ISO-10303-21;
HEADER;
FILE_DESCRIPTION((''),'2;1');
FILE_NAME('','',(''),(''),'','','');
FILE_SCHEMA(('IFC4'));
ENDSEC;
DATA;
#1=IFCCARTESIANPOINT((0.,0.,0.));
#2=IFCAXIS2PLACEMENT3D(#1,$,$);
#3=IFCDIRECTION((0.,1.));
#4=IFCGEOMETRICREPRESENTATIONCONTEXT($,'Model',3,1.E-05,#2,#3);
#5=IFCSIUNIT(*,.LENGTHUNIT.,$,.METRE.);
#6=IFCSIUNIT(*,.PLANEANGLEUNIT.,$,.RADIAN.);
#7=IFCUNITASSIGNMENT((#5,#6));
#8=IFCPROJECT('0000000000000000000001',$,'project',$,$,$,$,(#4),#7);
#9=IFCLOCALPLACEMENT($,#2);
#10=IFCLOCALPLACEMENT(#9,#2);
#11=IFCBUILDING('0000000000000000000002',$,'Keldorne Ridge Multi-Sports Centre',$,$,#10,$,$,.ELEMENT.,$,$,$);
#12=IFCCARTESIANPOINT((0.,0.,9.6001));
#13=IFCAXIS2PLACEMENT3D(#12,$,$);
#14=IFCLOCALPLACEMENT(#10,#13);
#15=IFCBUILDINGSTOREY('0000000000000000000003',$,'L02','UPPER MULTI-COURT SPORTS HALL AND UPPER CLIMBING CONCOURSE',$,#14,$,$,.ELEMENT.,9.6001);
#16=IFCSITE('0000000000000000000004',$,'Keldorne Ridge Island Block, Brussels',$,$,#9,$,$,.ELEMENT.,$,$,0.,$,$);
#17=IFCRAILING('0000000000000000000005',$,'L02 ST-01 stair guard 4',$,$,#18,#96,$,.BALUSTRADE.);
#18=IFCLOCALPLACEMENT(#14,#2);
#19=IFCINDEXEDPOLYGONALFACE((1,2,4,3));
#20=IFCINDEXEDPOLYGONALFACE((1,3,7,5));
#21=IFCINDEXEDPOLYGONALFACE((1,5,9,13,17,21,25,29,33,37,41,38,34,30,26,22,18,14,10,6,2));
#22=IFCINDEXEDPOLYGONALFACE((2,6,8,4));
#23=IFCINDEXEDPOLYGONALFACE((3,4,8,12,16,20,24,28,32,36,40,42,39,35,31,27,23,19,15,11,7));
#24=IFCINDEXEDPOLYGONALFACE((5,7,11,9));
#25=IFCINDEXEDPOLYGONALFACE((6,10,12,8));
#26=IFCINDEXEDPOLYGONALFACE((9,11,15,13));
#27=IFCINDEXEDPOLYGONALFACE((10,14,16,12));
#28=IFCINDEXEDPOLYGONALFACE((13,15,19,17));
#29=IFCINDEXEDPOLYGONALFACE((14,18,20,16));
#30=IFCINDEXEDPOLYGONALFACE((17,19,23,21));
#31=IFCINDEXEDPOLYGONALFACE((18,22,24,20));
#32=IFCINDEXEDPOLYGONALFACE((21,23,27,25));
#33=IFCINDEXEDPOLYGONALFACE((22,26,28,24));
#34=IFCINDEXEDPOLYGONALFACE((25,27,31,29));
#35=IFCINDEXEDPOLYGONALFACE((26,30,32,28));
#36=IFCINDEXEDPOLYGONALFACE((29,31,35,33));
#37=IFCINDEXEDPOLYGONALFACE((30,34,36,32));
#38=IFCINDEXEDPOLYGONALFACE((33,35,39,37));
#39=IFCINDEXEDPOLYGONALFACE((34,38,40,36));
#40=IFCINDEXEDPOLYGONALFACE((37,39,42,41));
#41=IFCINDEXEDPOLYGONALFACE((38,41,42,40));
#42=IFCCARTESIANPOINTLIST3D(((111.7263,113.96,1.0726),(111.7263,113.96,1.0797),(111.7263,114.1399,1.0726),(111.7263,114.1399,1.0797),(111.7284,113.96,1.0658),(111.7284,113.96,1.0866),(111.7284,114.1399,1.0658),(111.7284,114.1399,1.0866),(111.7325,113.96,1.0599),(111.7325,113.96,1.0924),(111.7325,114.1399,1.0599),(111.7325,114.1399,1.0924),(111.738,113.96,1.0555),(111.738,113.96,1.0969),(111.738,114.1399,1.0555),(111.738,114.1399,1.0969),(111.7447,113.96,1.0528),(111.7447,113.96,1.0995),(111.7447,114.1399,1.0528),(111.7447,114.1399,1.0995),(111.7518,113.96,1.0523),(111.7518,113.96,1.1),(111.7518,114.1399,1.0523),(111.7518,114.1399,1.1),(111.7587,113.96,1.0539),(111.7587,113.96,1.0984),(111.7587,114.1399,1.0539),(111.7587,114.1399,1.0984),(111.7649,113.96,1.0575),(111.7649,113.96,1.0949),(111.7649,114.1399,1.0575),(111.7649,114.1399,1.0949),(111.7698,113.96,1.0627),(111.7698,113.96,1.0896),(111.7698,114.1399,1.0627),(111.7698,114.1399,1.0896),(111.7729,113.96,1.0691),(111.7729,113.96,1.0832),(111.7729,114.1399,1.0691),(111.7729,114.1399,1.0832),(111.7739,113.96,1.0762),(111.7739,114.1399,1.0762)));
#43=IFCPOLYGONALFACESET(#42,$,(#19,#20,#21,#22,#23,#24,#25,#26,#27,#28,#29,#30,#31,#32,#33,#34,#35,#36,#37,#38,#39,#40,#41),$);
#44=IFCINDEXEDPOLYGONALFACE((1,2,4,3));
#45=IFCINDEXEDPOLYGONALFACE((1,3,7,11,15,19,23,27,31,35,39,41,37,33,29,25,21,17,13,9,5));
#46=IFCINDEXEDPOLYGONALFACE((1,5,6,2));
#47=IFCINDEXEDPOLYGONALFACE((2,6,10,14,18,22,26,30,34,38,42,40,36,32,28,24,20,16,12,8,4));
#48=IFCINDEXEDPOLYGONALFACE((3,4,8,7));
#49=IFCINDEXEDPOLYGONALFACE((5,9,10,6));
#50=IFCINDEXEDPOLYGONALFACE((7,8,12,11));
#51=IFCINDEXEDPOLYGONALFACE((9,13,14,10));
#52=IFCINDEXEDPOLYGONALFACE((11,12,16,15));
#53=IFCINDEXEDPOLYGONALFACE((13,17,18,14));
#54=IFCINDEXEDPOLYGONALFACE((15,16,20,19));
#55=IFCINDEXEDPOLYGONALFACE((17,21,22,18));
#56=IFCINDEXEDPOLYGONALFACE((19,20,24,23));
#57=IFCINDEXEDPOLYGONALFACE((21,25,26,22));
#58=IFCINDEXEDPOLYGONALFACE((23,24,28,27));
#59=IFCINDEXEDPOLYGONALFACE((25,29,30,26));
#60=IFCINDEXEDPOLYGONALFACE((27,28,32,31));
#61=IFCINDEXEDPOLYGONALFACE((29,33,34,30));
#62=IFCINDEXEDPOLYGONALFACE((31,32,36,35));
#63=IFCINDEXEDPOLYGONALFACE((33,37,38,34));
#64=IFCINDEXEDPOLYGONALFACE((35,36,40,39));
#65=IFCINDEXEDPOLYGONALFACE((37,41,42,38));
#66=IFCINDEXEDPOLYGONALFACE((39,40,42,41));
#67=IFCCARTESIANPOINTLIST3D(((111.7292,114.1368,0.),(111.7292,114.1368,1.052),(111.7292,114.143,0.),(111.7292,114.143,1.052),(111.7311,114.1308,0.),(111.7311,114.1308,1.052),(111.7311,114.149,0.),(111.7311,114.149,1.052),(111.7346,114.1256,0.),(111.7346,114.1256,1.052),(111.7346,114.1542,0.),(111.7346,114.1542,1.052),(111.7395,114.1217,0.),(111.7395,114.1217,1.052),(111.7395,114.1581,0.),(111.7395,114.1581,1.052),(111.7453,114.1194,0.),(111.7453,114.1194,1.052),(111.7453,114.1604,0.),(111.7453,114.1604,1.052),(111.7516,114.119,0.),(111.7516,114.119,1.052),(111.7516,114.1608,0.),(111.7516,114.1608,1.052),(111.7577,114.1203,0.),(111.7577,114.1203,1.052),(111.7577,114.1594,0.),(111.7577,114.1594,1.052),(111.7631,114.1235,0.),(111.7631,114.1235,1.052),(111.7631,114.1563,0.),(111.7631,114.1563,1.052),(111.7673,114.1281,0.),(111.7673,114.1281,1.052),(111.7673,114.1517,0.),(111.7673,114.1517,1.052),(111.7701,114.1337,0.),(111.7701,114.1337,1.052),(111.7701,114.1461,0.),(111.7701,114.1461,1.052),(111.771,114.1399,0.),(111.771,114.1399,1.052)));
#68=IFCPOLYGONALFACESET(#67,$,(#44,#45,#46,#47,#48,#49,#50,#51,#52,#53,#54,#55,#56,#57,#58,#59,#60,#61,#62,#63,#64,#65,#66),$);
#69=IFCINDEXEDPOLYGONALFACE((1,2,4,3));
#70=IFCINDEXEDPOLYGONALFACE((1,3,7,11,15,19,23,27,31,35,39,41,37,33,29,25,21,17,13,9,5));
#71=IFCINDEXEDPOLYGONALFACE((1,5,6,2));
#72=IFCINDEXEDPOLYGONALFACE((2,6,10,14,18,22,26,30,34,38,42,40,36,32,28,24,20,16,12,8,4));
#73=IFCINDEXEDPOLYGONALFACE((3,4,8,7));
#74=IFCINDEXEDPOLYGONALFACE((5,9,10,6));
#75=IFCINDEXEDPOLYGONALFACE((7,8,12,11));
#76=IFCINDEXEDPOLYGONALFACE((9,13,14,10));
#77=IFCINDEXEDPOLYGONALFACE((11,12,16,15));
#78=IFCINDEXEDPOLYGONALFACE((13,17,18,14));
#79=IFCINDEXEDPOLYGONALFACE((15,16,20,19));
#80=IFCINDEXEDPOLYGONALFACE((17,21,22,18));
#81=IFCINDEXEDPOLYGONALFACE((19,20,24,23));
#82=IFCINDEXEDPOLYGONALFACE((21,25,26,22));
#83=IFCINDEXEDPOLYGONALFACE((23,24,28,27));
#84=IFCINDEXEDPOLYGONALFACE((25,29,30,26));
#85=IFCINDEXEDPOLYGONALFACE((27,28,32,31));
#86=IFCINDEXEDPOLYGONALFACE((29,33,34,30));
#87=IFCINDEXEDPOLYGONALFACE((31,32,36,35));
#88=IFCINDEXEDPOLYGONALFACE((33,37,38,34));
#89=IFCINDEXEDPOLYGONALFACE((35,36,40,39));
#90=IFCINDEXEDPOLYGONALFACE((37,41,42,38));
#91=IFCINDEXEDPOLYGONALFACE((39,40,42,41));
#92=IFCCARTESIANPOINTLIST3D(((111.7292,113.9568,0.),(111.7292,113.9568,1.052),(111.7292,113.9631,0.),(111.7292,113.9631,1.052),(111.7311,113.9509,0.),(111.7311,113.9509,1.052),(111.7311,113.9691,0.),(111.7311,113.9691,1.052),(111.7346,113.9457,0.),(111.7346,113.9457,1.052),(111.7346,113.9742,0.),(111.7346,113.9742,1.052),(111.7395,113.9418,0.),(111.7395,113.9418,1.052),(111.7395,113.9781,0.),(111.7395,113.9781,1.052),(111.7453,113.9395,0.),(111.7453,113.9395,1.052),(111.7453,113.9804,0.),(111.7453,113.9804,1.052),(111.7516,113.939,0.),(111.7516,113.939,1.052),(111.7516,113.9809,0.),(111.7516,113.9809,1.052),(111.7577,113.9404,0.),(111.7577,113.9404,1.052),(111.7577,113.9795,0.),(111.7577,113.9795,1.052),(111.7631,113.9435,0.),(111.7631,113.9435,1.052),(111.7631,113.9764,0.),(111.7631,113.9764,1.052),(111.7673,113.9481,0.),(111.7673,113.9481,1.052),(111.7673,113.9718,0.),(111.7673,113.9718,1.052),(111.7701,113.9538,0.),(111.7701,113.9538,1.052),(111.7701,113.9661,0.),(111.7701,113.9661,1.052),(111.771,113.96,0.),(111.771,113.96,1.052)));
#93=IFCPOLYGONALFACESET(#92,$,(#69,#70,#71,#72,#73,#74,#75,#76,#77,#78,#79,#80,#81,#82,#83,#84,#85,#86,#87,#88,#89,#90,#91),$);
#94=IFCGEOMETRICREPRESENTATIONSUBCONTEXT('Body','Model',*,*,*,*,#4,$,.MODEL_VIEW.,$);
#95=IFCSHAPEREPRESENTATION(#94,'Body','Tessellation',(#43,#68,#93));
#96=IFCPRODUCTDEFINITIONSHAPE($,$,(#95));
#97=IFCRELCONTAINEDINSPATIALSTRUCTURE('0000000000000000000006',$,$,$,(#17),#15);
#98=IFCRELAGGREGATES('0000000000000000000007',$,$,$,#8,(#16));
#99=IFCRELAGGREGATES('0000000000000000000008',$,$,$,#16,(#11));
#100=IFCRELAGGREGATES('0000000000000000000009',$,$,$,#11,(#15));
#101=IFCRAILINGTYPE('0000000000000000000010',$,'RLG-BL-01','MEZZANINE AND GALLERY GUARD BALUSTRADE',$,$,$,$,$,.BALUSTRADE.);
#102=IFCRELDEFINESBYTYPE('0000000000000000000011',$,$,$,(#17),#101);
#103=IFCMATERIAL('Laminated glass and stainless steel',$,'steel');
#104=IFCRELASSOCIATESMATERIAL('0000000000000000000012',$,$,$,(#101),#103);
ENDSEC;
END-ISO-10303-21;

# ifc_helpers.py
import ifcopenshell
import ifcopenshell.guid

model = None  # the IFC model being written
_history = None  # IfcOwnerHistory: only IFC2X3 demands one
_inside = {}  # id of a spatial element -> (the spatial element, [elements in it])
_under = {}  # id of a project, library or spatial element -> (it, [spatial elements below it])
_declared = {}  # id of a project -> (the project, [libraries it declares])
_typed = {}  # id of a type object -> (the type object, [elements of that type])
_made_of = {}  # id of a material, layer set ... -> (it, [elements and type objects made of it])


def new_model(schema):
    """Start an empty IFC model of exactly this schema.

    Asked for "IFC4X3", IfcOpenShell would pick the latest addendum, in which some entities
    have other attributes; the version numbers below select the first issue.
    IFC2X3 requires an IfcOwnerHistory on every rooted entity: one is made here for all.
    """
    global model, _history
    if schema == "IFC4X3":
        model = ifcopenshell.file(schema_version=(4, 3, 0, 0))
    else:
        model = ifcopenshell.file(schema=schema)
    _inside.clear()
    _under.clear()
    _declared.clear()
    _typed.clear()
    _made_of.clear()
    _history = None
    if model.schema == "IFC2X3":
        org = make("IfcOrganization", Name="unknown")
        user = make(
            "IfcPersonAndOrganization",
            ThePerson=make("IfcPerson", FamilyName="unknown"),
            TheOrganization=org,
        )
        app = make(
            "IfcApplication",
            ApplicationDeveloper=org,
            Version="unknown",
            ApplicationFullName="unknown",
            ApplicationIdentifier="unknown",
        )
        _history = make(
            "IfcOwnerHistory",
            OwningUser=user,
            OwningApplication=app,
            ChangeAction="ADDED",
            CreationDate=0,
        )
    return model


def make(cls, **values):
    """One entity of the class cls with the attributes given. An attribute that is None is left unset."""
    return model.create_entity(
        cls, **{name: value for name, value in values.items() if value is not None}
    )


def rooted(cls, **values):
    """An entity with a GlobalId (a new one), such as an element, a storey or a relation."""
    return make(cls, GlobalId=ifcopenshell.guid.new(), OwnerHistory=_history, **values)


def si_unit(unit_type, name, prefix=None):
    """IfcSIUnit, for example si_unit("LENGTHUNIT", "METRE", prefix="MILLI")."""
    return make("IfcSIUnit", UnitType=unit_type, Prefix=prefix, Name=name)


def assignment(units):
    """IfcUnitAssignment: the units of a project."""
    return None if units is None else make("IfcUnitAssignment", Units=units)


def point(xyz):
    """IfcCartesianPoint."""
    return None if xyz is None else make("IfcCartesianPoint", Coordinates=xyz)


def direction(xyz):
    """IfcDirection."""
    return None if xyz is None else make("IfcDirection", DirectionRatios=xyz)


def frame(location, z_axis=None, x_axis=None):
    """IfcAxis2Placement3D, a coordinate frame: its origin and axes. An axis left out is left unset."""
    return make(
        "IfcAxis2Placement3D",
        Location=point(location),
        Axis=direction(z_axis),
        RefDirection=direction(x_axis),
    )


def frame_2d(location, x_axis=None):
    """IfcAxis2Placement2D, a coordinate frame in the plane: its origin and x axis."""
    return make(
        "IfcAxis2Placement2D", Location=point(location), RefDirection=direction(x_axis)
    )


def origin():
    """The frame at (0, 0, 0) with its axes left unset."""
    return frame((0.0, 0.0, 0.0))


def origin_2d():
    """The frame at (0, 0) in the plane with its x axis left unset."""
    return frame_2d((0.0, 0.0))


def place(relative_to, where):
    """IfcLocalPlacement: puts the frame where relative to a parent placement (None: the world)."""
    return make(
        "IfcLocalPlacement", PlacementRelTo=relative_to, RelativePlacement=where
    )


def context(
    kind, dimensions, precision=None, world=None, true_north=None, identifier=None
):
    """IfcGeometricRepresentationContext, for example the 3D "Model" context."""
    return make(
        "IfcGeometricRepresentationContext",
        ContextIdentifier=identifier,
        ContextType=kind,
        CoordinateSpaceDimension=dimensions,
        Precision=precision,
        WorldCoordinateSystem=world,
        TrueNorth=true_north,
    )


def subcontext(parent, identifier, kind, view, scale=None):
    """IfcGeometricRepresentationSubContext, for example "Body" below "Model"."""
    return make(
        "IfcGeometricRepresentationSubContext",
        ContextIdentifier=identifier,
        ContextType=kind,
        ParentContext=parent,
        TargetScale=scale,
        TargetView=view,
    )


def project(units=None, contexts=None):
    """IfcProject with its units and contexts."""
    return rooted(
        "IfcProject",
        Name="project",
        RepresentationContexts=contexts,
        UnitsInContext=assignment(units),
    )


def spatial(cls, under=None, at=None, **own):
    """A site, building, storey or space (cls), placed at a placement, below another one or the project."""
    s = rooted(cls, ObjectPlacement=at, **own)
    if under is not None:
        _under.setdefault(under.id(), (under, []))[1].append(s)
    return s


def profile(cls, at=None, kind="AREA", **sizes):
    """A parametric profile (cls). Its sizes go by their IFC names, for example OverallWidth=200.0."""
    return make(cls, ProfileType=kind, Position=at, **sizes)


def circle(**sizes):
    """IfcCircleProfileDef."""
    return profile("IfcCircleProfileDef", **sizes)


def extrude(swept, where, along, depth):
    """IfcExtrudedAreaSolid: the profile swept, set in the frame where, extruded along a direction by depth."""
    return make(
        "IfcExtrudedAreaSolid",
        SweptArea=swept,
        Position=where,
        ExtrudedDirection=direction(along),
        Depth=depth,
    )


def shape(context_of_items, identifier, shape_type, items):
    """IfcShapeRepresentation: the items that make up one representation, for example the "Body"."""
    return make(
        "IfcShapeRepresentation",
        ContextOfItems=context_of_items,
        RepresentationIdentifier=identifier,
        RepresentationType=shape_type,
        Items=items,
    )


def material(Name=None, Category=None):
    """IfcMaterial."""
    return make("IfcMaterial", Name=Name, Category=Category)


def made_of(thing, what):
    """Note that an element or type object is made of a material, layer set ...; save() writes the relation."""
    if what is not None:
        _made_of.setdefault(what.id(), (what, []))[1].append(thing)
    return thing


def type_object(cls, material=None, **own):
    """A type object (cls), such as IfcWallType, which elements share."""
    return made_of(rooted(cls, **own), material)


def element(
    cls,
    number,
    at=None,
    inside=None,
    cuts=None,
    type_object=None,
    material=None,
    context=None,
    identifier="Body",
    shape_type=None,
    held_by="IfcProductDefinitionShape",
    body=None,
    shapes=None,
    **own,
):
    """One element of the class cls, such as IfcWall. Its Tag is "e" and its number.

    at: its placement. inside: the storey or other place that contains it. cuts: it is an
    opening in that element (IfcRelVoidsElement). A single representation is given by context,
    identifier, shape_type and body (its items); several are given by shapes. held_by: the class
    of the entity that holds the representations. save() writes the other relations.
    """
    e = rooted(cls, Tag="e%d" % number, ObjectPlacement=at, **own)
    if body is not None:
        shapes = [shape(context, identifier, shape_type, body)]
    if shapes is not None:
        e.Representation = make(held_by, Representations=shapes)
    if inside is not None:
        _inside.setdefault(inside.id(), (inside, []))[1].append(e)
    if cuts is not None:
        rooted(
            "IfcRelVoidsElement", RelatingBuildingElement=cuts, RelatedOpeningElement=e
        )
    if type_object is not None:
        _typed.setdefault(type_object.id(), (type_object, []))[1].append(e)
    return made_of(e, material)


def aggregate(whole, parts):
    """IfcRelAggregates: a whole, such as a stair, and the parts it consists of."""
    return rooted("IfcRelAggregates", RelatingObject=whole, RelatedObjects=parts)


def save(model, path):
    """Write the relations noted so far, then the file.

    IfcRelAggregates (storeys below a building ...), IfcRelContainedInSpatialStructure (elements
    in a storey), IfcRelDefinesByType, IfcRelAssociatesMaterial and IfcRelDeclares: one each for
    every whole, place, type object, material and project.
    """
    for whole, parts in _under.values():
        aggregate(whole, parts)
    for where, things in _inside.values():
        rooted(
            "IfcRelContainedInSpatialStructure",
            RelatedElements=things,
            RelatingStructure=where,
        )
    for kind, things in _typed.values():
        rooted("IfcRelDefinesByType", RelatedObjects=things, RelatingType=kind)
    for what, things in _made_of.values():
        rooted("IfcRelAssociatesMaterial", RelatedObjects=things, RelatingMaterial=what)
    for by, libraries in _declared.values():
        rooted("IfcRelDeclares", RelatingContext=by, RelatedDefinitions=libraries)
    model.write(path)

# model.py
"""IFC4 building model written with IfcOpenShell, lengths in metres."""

from ifc_helpers import new_model, si_unit, direction, frame, origin, origin_2d, place, context, subcontext, project, spatial, circle, extrude, material, type_object, element, save


model = new_model("IFC4")

# Units and contexts
model_context = context("Model", 3, precision=1e-05, world=origin(), true_north=direction((0.0, 1.0)))
body_context = subcontext(model_context, "Body", "Model", "MODEL_VIEW")
ifc_project = project(units=[si_unit("LENGTHUNIT", "METRE"), si_unit("PLANEANGLEUNIT", "RADIAN")], contexts=[model_context])

# Site, building, storey
site_placement = place(None, origin())
site = spatial("IfcSite", under=ifc_project, at=site_placement, Name="Keldorne Ridge Island Block, Brussels", CompositionType="ELEMENT", RefElevation=0.0)
building_placement = place(site_placement, origin())
building = spatial("IfcBuilding", under=site, at=building_placement, Name="Keldorne Ridge Multi-Sports Centre", CompositionType="ELEMENT")
storey_placement = place(building_placement, frame((0.0, 0.0, 9.6001)))
storey = spatial("IfcBuildingStorey", under=building, at=storey_placement, Name="L02", Description="UPPER MULTI-COURT SPORTS HALL AND UPPER CLIMBING CONCOURSE", CompositionType="ELEMENT", Elevation=9.6001)

# Railing
ifc_material_1 = material(Name="Laminated glass and stainless steel", Category="steel")
railing_type_1 = type_object("IfcRailingType", Name="RLG-BL-01", Description="MEZZANINE AND GALLERY GUARD BALUSTRADE", PredefinedType="BALUSTRADE", material=ifc_material_1)
railing_1_placement = place(storey_placement, frame((111.75, 114.1399, 0.0)))
element("IfcRailing", 1, at=railing_1_placement, inside=storey, type_object=railing_type_1, Name="L02 ST-01 stair guard 4", PredefinedType="BALUSTRADE", context=body_context, shape_type="SweptSolid", body=[
    extrude(circle(Radius=0.0239, at=origin_2d()), frame((0.0, 0.0, 1.0762), z_axis=(0.0, -1.0, 0.0), x_axis=(1.0, 0.0, 0.0)), (0.0, 0.0, 1.0), 0.1799),
    extrude(circle(Radius=0.021, at=origin_2d()), origin(), (0.0, 0.0, 1.0), 1.052),
    extrude(circle(Radius=0.021, at=origin_2d()), frame((0.0, -0.1799, 0.0)), (0.0, 0.0, 1.0), 1.052),
])

save(model, "model.ifc")
